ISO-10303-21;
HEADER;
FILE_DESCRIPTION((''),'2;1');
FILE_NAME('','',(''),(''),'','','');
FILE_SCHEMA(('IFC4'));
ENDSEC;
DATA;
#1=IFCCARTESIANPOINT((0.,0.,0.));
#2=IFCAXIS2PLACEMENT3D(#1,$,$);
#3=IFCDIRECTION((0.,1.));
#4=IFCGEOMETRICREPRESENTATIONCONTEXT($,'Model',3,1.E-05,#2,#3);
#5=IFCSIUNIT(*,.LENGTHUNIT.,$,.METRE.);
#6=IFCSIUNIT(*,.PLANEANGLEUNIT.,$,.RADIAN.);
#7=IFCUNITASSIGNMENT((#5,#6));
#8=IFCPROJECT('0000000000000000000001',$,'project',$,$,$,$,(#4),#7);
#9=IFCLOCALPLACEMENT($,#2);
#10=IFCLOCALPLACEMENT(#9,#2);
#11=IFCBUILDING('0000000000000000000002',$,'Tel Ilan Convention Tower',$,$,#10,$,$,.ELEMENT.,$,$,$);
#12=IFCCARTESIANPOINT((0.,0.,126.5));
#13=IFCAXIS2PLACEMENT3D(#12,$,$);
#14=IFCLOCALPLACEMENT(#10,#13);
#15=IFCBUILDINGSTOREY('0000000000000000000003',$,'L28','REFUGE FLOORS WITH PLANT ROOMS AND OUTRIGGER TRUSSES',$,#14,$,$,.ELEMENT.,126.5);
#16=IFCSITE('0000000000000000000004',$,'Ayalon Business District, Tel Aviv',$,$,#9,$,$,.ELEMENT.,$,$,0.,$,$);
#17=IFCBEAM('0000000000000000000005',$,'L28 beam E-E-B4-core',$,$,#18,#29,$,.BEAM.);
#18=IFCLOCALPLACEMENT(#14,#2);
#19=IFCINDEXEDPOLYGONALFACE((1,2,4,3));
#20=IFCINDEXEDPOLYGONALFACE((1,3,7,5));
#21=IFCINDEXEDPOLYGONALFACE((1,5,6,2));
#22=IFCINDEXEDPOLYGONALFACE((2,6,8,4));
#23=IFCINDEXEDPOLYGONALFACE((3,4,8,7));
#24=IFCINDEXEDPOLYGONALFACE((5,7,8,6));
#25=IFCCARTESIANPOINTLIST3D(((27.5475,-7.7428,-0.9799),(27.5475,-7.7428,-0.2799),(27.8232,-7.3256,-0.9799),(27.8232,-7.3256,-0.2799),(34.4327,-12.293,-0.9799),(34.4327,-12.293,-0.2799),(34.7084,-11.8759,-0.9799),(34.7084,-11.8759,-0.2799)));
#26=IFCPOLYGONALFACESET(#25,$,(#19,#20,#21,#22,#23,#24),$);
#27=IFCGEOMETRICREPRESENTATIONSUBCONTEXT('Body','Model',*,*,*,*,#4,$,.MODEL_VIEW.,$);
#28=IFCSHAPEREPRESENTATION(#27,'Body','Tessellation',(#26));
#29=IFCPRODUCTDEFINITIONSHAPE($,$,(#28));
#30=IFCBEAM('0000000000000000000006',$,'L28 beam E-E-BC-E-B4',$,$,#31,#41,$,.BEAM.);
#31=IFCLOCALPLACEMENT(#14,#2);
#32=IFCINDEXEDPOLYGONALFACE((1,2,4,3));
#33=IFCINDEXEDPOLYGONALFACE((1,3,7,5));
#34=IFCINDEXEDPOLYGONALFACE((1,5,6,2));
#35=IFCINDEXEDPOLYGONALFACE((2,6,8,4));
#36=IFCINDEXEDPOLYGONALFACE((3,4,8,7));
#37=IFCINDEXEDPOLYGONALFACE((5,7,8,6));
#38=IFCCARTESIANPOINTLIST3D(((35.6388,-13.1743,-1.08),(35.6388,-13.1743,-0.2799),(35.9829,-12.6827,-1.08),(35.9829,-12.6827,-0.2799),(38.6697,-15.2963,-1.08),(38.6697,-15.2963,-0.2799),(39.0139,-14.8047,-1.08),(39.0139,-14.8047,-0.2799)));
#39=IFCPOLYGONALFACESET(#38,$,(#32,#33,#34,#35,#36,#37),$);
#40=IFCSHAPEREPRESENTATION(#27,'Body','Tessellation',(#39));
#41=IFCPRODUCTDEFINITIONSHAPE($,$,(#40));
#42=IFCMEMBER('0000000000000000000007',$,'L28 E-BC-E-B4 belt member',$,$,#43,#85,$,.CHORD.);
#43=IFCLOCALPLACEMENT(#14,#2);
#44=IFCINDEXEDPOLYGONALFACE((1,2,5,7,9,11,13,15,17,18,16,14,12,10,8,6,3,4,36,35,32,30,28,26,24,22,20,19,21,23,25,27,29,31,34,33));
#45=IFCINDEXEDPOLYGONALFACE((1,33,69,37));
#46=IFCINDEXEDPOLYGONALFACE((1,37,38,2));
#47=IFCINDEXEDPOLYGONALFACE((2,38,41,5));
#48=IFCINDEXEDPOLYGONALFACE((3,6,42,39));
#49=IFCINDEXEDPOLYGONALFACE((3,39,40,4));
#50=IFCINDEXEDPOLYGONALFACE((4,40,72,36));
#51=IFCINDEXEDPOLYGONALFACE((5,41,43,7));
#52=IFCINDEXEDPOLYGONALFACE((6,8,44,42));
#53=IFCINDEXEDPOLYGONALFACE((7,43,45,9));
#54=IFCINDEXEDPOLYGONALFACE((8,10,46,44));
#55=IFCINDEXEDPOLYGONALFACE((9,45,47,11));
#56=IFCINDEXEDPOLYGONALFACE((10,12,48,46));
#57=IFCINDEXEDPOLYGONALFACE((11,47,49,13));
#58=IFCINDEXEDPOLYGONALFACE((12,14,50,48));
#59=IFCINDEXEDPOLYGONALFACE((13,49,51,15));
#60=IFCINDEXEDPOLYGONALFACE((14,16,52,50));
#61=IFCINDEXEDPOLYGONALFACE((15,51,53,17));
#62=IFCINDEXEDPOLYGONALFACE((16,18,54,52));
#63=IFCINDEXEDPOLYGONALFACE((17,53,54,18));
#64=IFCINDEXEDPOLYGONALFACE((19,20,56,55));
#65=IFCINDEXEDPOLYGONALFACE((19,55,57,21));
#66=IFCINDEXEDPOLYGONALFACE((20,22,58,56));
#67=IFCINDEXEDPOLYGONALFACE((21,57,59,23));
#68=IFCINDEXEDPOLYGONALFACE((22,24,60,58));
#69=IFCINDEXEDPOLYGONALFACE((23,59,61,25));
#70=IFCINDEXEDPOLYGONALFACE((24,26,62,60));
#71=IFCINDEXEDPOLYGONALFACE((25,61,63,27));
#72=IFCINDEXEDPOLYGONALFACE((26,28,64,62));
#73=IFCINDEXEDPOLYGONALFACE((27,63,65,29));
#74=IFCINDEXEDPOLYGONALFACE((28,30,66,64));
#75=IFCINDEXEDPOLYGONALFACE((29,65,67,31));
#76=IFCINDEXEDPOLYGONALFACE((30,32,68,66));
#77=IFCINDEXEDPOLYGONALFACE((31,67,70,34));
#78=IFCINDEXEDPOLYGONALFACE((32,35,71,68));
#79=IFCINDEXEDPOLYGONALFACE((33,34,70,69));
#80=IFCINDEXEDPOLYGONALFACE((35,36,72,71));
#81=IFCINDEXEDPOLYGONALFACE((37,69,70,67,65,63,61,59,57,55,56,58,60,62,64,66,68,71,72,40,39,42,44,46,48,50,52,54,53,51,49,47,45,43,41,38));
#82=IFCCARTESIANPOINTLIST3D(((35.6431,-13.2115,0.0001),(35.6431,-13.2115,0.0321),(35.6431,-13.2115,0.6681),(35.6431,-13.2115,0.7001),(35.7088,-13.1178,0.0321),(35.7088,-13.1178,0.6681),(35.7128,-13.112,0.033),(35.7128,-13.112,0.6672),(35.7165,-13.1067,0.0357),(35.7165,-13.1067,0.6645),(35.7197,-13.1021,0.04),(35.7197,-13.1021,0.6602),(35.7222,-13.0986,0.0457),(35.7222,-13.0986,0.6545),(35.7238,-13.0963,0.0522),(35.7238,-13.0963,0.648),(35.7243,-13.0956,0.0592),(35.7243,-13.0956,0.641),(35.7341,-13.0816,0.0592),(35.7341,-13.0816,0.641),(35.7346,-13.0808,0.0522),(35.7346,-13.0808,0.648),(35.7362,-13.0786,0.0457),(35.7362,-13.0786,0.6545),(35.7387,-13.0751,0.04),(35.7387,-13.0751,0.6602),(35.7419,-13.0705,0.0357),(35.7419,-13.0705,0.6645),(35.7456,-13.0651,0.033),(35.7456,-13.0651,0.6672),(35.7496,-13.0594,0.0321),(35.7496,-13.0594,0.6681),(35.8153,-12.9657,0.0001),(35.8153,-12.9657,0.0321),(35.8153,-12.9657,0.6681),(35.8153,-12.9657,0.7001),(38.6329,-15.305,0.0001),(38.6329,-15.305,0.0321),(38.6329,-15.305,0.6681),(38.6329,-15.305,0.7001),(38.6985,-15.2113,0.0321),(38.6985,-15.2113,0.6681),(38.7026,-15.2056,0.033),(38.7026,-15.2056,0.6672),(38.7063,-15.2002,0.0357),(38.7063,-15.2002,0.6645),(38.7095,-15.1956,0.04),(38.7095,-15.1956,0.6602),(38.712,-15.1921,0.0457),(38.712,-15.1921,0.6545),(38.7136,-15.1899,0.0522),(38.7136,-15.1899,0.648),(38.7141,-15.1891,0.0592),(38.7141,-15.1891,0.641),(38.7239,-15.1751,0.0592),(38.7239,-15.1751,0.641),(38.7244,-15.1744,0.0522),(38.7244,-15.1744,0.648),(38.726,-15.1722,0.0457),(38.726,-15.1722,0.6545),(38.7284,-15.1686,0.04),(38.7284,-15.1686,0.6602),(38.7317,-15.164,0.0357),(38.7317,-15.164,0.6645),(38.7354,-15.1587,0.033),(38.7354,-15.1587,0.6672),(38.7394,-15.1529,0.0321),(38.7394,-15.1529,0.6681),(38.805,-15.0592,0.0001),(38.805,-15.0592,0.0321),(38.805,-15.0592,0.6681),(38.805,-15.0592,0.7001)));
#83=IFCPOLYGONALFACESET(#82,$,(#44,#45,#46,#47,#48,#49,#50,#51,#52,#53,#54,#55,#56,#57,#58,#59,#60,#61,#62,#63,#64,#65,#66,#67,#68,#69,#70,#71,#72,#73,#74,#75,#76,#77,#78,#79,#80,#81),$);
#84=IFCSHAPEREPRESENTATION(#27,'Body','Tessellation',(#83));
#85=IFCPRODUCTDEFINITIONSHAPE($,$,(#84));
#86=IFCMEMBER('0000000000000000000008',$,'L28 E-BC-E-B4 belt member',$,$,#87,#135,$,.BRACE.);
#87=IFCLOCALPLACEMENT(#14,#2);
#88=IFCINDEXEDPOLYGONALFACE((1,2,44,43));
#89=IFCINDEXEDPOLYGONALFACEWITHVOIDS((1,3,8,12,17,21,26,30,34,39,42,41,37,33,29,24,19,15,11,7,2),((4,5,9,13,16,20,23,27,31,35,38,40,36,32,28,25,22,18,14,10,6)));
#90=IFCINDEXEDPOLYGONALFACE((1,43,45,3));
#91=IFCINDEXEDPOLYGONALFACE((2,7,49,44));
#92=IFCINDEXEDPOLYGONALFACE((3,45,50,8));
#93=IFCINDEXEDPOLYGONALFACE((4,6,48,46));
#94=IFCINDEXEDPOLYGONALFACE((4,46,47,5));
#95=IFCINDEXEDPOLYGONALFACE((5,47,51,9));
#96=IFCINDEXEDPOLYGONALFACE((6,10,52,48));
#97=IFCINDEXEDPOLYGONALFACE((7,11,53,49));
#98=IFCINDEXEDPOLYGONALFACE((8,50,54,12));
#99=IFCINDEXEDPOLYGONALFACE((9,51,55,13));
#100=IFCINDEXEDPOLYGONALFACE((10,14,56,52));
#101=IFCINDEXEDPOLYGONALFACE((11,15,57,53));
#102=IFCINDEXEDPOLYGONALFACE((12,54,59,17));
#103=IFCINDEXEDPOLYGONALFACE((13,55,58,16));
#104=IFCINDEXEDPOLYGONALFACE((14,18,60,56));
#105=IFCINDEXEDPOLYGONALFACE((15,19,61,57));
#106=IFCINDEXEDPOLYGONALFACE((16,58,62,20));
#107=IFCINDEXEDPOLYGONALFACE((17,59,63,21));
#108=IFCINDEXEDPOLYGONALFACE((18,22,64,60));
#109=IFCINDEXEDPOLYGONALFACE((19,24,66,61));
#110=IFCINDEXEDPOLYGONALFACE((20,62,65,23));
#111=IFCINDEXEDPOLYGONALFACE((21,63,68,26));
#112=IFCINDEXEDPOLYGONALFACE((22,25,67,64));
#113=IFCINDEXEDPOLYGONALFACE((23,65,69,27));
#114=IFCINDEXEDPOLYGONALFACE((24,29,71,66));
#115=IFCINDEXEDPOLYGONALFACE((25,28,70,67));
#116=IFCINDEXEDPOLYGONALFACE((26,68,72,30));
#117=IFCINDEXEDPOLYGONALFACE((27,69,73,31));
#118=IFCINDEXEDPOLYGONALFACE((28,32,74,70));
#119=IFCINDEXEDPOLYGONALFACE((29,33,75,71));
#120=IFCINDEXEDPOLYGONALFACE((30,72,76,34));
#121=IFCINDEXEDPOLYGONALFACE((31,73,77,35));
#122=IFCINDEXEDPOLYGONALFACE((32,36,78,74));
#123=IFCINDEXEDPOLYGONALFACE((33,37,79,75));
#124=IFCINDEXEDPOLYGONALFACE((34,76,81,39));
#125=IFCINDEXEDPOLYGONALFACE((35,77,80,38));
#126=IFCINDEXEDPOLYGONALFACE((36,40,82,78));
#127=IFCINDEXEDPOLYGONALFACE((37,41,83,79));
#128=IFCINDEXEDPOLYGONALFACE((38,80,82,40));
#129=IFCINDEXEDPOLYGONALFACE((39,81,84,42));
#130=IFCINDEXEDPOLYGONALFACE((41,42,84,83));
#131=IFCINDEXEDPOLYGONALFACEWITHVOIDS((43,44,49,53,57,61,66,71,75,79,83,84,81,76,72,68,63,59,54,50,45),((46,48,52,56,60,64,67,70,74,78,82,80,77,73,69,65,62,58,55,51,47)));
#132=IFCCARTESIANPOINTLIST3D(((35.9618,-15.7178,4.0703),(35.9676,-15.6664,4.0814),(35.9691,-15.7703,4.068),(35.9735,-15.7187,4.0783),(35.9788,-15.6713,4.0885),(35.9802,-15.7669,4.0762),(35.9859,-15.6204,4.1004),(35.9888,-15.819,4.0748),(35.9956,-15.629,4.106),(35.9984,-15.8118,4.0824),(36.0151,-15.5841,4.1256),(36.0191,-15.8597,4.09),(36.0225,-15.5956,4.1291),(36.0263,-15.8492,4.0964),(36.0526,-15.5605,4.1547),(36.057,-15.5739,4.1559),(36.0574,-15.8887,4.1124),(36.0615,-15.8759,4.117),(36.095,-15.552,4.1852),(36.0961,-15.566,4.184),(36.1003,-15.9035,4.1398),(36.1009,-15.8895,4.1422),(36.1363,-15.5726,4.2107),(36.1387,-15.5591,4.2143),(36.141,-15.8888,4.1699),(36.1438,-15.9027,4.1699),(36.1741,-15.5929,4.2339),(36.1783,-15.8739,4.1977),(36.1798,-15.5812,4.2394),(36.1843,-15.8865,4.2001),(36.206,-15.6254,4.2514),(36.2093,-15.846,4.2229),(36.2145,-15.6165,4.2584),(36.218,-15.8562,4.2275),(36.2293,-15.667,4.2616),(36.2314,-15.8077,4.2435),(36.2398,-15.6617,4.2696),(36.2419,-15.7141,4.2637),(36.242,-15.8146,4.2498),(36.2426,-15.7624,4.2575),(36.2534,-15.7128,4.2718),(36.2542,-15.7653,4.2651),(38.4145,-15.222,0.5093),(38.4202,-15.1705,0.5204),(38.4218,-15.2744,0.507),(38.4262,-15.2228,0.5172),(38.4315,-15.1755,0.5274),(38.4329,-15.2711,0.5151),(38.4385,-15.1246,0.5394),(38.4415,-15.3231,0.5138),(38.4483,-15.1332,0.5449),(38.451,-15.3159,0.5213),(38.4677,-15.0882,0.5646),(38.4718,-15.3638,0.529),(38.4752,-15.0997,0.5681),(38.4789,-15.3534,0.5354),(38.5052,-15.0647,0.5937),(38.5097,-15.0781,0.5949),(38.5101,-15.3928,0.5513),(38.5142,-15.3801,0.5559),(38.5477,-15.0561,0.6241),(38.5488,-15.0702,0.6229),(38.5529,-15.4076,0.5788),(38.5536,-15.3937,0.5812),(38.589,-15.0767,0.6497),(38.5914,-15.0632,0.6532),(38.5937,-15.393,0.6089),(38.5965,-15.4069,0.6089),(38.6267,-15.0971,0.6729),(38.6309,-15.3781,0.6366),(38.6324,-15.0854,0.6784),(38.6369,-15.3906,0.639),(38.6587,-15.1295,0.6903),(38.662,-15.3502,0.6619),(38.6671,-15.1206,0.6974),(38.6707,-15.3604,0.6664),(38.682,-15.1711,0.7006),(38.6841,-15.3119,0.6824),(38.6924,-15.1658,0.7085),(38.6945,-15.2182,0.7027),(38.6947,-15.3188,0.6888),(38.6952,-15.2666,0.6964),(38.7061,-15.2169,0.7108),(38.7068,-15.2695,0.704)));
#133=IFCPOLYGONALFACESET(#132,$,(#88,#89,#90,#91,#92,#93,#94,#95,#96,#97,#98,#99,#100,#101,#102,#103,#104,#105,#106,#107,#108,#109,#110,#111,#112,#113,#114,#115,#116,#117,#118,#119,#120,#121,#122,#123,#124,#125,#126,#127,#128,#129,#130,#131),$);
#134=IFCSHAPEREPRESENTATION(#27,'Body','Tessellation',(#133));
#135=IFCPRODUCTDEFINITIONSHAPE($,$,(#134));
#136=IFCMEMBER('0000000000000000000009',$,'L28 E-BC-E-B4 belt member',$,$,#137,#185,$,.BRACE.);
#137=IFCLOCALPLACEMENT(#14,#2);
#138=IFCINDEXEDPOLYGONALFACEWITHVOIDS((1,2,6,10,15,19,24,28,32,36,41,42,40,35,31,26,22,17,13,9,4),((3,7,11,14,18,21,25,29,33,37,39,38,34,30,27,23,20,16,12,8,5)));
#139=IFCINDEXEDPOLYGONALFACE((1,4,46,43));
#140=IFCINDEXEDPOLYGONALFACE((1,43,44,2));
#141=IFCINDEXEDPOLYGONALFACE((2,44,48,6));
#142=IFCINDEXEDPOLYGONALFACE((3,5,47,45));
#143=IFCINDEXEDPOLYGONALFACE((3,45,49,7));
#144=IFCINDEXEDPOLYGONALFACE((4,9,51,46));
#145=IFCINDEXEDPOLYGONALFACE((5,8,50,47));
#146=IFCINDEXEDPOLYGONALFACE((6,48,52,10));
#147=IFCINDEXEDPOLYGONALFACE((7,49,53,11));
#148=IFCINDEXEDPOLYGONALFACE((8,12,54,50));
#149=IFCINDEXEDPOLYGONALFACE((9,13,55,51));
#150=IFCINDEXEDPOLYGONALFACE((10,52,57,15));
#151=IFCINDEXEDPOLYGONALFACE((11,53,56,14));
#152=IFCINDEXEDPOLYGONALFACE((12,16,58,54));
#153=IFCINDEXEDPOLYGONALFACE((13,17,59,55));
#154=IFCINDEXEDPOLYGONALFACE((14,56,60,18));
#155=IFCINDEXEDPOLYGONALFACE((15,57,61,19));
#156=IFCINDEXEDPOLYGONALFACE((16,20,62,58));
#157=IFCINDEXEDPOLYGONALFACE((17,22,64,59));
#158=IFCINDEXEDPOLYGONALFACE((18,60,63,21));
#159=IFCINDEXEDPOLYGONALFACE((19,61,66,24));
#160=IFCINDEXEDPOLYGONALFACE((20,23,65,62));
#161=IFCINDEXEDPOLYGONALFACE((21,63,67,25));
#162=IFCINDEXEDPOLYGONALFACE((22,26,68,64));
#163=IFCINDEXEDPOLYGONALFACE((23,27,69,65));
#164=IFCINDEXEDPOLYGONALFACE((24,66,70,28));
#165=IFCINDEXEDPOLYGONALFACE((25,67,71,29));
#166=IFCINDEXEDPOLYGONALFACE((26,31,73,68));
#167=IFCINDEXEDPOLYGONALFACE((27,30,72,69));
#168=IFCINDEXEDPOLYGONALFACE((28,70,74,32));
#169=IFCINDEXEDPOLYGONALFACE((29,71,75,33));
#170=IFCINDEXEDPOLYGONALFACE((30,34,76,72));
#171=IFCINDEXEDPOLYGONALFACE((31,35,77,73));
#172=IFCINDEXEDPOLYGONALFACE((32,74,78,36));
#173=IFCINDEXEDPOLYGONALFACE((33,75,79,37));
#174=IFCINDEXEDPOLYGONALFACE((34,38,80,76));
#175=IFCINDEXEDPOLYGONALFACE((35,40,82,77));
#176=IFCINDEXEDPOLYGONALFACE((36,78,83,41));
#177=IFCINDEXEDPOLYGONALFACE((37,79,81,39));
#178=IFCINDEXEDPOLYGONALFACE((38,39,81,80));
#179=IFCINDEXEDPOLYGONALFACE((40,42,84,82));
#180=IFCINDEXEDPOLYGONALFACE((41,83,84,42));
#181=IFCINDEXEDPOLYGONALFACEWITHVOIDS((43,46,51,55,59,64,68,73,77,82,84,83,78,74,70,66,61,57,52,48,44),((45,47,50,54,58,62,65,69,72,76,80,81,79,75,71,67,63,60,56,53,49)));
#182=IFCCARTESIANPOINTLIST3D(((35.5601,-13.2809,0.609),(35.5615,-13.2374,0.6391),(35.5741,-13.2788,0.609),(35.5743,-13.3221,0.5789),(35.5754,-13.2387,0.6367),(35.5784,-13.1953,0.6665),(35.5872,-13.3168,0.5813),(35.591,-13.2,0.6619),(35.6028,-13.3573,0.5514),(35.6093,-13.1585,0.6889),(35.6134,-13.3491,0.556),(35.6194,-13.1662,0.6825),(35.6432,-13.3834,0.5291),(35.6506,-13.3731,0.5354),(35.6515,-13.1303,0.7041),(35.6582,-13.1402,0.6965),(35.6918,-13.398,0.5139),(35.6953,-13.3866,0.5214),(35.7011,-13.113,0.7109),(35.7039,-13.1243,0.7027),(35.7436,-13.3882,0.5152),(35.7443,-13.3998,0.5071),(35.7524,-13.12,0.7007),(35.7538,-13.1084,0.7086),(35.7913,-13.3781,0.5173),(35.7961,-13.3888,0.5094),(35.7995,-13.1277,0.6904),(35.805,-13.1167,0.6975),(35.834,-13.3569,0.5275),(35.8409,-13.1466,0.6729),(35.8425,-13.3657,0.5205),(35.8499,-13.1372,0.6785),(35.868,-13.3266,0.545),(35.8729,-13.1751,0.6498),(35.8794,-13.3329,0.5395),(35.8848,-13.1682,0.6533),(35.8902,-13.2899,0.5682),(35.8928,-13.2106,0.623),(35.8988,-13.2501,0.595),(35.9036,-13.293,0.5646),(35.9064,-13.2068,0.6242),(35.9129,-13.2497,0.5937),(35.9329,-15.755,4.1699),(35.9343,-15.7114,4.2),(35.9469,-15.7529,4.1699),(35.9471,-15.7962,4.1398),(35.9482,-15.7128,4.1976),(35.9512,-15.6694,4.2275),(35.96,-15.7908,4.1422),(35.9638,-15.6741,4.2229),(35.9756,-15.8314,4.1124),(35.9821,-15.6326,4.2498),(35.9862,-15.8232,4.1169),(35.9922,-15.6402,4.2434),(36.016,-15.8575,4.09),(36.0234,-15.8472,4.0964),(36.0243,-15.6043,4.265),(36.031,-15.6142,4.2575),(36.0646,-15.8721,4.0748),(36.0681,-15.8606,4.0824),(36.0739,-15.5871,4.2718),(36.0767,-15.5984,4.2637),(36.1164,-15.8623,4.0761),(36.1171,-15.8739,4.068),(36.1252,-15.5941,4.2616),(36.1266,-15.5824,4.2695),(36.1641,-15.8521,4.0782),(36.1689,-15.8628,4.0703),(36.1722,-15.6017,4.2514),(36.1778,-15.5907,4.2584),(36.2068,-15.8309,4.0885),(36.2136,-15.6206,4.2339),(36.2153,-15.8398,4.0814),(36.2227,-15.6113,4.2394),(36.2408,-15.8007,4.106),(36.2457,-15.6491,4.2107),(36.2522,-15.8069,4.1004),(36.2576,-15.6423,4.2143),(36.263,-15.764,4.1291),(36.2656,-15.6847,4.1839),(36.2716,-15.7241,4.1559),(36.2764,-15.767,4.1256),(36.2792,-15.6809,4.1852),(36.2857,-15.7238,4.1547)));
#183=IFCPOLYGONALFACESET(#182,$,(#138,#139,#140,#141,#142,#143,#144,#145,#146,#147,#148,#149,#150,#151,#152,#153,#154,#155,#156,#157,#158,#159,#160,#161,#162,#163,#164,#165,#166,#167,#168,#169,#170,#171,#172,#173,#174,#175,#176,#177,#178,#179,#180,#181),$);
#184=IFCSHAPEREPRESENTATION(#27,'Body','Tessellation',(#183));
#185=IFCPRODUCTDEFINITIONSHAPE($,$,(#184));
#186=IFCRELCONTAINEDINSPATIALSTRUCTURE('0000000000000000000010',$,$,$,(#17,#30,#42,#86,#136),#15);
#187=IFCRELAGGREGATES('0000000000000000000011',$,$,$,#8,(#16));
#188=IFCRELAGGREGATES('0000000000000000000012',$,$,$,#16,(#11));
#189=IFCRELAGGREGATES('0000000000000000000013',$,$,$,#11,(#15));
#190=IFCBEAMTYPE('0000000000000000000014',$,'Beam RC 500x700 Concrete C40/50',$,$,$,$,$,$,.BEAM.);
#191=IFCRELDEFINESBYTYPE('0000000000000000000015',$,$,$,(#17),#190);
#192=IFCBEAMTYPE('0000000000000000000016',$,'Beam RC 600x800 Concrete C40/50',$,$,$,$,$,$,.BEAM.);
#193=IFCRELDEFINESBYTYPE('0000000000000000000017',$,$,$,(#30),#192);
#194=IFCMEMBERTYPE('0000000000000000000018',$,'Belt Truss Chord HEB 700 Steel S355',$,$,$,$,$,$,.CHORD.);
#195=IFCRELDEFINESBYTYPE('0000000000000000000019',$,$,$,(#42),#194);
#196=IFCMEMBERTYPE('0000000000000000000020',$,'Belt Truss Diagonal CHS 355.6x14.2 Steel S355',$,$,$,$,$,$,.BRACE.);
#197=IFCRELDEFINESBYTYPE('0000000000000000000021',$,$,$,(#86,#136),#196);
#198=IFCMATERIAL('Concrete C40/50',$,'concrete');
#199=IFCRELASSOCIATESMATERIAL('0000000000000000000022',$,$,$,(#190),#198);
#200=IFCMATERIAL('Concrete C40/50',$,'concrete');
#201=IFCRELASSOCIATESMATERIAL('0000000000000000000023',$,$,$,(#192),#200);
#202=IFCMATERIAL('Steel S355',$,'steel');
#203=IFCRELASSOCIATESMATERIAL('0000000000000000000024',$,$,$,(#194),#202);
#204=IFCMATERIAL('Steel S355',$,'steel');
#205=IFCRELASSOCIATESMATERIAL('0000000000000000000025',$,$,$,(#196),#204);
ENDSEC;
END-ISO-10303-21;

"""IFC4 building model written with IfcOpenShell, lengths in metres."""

from ifc_helpers import new_model, si_unit, direction, frame, origin, origin_2d, place, context, subcontext, project, spatial, rectangle, hollow_circle, i_section, extrude, material, material_profile, profile_set, type_object, element, save


model = new_model("IFC4")

# Units and contexts
model_context = context("Model", 3, precision=1e-05, world=origin(), true_north=direction((0.0, 1.0)))
body_context = subcontext(model_context, "Body", "Model", "MODEL_VIEW")
ifc_project = project(units=[si_unit("LENGTHUNIT", "METRE"), si_unit("PLANEANGLEUNIT", "RADIAN")], contexts=[model_context])

# Site, building, storey
site_placement = place(None, origin())
site = spatial("IfcSite", under=ifc_project, at=site_placement, Name="Ayalon Business District, Tel Aviv", CompositionType="ELEMENT", RefElevation=0.0)
building_placement = place(site_placement, origin())
building = spatial("IfcBuilding", under=site, at=building_placement, Name="Tel Ilan Convention Tower", CompositionType="ELEMENT")
storey_placement = place(building_placement, frame((0.0, 0.0, 126.5)))
storey = spatial("IfcBuildingStorey", under=building, at=storey_placement, Name="L28", Description="REFUGE FLOORS WITH PLANT ROOMS AND OUTRIGGER TRUSSES", CompositionType="ELEMENT", Elevation=126.5)

# Beams
ifc_material_1 = material(Name="Concrete C40/50", Category="concrete")
ifc_material_profile_1 = material_profile(ifc_material_1, rectangle(XDim=0.5, YDim=0.7, at=origin_2d()), Name="RC 500x700")
ifc_profile_set_1 = profile_set([ifc_material_profile_1], Name="Concrete C40/50")
beam_type_1 = type_object("IfcBeamType", Name="Beam RC 500x700 Concrete C40/50", PredefinedType="BEAM", material=ifc_profile_set_1)
beam_1_placement = place(storey_placement, frame((34.5706, -12.0845, -0.6299), z_axis=(-0.834274, 0.551351, 0.0), x_axis=(-0.551351, -0.834274, 0.0)))
element("IfcBeam", 1, at=beam_1_placement, inside=storey, type_object=beam_type_1, Name="L28 beam E-E-B4-core", PredefinedType="BEAM", context=body_context, shape_type="SweptSolid", body=[
    extrude(rectangle(XDim=0.5, YDim=0.7, at=origin_2d()), origin(), (0.0, 0.0, 1.0), 8.2529),
])
ifc_material_2 = material(Name="Concrete C40/50", Category="concrete")
ifc_material_profile_2 = material_profile(ifc_material_2, rectangle(XDim=0.6001, YDim=0.8, at=origin_2d()), Name="RC 600x800")
ifc_profile_set_2 = profile_set([ifc_material_profile_2], Name="Concrete C40/50")
beam_type_2 = type_object("IfcBeamType", Name="Beam RC 600x800 Concrete C40/50", PredefinedType="BEAM", material=ifc_profile_set_2)
beam_2_placement = place(storey_placement, frame((38.8418, -15.0505, -0.6799), z_axis=(-0.819185, 0.573529, 0.0), x_axis=(-0.573529, -0.819185, 0.0)))
element("IfcBeam", 2, at=beam_2_placement, inside=storey, type_object=beam_type_2, Name="L28 beam E-E-BC-E-B4", PredefinedType="BEAM", context=body_context, shape_type="SweptSolid", body=[
    extrude(rectangle(XDim=0.6001, YDim=0.8, at=origin_2d()), origin(), (0.0, 0.0, 1.0), 3.7),
])

# Members
ifc_material_3 = material(Name="Steel S355", Category="steel")
ifc_material_profile_3 = material_profile(ifc_material_3, i_section(OverallWidth=0.3, OverallDepth=0.7, WebThickness=0.0171, FlangeThickness=0.032, FilletRadius=0.0271, at=origin_2d()), Name="HEB 700")
ifc_profile_set_3 = profile_set([ifc_material_profile_3], Name="Steel S355")
member_type_1 = type_object("IfcMemberType", Name="Belt Truss Chord HEB 700 Steel S355", PredefinedType="CHORD", material=ifc_profile_set_3)
member_1_placement = place(storey_placement, frame((38.719, -15.1821, 0.3501), z_axis=(-0.819144, 0.573588, 0.0), x_axis=(-0.573588, -0.819144, 0.0)))
element("IfcMember", 3, at=member_1_placement, inside=storey, type_object=member_type_1, Name="L28 E-BC-E-B4 belt member", PredefinedType="CHORD", context=body_context, shape_type="SweptSolid", body=[
    extrude(i_section(OverallWidth=0.3, OverallDepth=0.7, WebThickness=0.0171, FlangeThickness=0.032, FilletRadius=0.0271, at=origin_2d()), origin(), (0.0, 0.0, 1.0), 3.6499),
])
ifc_material_4 = material(Name="Steel S355", Category="steel")
ifc_material_profile_4 = material_profile(ifc_material_4, hollow_circle(Radius=0.1777, WallThickness=0.0142, at=origin_2d()), Name="CHS 355.6x14.2")
ifc_profile_set_4 = profile_set([ifc_material_profile_4], Name="Steel S355")
member_type_2 = type_object("IfcMemberType", Name="Belt Truss Diagonal CHS 355.6x14.2 Steel S355", PredefinedType="BRACE", material=ifc_profile_set_4)
member_2_placement = place(storey_placement, frame((38.5613, -15.2327, 0.6089), z_axis=(-0.56353, -0.113929, 0.818202), x_axis=(0.198161, -0.98017, 0.0)))
element("IfcMember", 4, at=member_2_placement, inside=storey, type_object=member_type_2, Name="L28 E-BC-E-B4 belt member", PredefinedType="BRACE", context=body_context, shape_type="SweptSolid", body=[
    extrude(hollow_circle(Radius=0.1777, WallThickness=0.0142, at=origin_2d()), origin(), (0.0, 0.0, 1.0), 4.3523),
])
member_3_placement = place(storey_placement, frame((36.1086, -15.7285, 4.1699), z_axis=(-0.085659, 0.568482, -0.818224), x_axis=(-0.988837, -0.148999, 0.0)))
element("IfcMember", 5, at=member_3_placement, inside=storey, type_object=member_type_2, Name="L28 E-BC-E-B4 belt member", PredefinedType="BRACE", context=body_context, shape_type="SweptSolid", body=[
    extrude(hollow_circle(Radius=0.1777, WallThickness=0.0142, at=origin_2d()), origin(), (0.0, 0.0, 1.0), 4.3521),
])

save(model, "model.ifc")
